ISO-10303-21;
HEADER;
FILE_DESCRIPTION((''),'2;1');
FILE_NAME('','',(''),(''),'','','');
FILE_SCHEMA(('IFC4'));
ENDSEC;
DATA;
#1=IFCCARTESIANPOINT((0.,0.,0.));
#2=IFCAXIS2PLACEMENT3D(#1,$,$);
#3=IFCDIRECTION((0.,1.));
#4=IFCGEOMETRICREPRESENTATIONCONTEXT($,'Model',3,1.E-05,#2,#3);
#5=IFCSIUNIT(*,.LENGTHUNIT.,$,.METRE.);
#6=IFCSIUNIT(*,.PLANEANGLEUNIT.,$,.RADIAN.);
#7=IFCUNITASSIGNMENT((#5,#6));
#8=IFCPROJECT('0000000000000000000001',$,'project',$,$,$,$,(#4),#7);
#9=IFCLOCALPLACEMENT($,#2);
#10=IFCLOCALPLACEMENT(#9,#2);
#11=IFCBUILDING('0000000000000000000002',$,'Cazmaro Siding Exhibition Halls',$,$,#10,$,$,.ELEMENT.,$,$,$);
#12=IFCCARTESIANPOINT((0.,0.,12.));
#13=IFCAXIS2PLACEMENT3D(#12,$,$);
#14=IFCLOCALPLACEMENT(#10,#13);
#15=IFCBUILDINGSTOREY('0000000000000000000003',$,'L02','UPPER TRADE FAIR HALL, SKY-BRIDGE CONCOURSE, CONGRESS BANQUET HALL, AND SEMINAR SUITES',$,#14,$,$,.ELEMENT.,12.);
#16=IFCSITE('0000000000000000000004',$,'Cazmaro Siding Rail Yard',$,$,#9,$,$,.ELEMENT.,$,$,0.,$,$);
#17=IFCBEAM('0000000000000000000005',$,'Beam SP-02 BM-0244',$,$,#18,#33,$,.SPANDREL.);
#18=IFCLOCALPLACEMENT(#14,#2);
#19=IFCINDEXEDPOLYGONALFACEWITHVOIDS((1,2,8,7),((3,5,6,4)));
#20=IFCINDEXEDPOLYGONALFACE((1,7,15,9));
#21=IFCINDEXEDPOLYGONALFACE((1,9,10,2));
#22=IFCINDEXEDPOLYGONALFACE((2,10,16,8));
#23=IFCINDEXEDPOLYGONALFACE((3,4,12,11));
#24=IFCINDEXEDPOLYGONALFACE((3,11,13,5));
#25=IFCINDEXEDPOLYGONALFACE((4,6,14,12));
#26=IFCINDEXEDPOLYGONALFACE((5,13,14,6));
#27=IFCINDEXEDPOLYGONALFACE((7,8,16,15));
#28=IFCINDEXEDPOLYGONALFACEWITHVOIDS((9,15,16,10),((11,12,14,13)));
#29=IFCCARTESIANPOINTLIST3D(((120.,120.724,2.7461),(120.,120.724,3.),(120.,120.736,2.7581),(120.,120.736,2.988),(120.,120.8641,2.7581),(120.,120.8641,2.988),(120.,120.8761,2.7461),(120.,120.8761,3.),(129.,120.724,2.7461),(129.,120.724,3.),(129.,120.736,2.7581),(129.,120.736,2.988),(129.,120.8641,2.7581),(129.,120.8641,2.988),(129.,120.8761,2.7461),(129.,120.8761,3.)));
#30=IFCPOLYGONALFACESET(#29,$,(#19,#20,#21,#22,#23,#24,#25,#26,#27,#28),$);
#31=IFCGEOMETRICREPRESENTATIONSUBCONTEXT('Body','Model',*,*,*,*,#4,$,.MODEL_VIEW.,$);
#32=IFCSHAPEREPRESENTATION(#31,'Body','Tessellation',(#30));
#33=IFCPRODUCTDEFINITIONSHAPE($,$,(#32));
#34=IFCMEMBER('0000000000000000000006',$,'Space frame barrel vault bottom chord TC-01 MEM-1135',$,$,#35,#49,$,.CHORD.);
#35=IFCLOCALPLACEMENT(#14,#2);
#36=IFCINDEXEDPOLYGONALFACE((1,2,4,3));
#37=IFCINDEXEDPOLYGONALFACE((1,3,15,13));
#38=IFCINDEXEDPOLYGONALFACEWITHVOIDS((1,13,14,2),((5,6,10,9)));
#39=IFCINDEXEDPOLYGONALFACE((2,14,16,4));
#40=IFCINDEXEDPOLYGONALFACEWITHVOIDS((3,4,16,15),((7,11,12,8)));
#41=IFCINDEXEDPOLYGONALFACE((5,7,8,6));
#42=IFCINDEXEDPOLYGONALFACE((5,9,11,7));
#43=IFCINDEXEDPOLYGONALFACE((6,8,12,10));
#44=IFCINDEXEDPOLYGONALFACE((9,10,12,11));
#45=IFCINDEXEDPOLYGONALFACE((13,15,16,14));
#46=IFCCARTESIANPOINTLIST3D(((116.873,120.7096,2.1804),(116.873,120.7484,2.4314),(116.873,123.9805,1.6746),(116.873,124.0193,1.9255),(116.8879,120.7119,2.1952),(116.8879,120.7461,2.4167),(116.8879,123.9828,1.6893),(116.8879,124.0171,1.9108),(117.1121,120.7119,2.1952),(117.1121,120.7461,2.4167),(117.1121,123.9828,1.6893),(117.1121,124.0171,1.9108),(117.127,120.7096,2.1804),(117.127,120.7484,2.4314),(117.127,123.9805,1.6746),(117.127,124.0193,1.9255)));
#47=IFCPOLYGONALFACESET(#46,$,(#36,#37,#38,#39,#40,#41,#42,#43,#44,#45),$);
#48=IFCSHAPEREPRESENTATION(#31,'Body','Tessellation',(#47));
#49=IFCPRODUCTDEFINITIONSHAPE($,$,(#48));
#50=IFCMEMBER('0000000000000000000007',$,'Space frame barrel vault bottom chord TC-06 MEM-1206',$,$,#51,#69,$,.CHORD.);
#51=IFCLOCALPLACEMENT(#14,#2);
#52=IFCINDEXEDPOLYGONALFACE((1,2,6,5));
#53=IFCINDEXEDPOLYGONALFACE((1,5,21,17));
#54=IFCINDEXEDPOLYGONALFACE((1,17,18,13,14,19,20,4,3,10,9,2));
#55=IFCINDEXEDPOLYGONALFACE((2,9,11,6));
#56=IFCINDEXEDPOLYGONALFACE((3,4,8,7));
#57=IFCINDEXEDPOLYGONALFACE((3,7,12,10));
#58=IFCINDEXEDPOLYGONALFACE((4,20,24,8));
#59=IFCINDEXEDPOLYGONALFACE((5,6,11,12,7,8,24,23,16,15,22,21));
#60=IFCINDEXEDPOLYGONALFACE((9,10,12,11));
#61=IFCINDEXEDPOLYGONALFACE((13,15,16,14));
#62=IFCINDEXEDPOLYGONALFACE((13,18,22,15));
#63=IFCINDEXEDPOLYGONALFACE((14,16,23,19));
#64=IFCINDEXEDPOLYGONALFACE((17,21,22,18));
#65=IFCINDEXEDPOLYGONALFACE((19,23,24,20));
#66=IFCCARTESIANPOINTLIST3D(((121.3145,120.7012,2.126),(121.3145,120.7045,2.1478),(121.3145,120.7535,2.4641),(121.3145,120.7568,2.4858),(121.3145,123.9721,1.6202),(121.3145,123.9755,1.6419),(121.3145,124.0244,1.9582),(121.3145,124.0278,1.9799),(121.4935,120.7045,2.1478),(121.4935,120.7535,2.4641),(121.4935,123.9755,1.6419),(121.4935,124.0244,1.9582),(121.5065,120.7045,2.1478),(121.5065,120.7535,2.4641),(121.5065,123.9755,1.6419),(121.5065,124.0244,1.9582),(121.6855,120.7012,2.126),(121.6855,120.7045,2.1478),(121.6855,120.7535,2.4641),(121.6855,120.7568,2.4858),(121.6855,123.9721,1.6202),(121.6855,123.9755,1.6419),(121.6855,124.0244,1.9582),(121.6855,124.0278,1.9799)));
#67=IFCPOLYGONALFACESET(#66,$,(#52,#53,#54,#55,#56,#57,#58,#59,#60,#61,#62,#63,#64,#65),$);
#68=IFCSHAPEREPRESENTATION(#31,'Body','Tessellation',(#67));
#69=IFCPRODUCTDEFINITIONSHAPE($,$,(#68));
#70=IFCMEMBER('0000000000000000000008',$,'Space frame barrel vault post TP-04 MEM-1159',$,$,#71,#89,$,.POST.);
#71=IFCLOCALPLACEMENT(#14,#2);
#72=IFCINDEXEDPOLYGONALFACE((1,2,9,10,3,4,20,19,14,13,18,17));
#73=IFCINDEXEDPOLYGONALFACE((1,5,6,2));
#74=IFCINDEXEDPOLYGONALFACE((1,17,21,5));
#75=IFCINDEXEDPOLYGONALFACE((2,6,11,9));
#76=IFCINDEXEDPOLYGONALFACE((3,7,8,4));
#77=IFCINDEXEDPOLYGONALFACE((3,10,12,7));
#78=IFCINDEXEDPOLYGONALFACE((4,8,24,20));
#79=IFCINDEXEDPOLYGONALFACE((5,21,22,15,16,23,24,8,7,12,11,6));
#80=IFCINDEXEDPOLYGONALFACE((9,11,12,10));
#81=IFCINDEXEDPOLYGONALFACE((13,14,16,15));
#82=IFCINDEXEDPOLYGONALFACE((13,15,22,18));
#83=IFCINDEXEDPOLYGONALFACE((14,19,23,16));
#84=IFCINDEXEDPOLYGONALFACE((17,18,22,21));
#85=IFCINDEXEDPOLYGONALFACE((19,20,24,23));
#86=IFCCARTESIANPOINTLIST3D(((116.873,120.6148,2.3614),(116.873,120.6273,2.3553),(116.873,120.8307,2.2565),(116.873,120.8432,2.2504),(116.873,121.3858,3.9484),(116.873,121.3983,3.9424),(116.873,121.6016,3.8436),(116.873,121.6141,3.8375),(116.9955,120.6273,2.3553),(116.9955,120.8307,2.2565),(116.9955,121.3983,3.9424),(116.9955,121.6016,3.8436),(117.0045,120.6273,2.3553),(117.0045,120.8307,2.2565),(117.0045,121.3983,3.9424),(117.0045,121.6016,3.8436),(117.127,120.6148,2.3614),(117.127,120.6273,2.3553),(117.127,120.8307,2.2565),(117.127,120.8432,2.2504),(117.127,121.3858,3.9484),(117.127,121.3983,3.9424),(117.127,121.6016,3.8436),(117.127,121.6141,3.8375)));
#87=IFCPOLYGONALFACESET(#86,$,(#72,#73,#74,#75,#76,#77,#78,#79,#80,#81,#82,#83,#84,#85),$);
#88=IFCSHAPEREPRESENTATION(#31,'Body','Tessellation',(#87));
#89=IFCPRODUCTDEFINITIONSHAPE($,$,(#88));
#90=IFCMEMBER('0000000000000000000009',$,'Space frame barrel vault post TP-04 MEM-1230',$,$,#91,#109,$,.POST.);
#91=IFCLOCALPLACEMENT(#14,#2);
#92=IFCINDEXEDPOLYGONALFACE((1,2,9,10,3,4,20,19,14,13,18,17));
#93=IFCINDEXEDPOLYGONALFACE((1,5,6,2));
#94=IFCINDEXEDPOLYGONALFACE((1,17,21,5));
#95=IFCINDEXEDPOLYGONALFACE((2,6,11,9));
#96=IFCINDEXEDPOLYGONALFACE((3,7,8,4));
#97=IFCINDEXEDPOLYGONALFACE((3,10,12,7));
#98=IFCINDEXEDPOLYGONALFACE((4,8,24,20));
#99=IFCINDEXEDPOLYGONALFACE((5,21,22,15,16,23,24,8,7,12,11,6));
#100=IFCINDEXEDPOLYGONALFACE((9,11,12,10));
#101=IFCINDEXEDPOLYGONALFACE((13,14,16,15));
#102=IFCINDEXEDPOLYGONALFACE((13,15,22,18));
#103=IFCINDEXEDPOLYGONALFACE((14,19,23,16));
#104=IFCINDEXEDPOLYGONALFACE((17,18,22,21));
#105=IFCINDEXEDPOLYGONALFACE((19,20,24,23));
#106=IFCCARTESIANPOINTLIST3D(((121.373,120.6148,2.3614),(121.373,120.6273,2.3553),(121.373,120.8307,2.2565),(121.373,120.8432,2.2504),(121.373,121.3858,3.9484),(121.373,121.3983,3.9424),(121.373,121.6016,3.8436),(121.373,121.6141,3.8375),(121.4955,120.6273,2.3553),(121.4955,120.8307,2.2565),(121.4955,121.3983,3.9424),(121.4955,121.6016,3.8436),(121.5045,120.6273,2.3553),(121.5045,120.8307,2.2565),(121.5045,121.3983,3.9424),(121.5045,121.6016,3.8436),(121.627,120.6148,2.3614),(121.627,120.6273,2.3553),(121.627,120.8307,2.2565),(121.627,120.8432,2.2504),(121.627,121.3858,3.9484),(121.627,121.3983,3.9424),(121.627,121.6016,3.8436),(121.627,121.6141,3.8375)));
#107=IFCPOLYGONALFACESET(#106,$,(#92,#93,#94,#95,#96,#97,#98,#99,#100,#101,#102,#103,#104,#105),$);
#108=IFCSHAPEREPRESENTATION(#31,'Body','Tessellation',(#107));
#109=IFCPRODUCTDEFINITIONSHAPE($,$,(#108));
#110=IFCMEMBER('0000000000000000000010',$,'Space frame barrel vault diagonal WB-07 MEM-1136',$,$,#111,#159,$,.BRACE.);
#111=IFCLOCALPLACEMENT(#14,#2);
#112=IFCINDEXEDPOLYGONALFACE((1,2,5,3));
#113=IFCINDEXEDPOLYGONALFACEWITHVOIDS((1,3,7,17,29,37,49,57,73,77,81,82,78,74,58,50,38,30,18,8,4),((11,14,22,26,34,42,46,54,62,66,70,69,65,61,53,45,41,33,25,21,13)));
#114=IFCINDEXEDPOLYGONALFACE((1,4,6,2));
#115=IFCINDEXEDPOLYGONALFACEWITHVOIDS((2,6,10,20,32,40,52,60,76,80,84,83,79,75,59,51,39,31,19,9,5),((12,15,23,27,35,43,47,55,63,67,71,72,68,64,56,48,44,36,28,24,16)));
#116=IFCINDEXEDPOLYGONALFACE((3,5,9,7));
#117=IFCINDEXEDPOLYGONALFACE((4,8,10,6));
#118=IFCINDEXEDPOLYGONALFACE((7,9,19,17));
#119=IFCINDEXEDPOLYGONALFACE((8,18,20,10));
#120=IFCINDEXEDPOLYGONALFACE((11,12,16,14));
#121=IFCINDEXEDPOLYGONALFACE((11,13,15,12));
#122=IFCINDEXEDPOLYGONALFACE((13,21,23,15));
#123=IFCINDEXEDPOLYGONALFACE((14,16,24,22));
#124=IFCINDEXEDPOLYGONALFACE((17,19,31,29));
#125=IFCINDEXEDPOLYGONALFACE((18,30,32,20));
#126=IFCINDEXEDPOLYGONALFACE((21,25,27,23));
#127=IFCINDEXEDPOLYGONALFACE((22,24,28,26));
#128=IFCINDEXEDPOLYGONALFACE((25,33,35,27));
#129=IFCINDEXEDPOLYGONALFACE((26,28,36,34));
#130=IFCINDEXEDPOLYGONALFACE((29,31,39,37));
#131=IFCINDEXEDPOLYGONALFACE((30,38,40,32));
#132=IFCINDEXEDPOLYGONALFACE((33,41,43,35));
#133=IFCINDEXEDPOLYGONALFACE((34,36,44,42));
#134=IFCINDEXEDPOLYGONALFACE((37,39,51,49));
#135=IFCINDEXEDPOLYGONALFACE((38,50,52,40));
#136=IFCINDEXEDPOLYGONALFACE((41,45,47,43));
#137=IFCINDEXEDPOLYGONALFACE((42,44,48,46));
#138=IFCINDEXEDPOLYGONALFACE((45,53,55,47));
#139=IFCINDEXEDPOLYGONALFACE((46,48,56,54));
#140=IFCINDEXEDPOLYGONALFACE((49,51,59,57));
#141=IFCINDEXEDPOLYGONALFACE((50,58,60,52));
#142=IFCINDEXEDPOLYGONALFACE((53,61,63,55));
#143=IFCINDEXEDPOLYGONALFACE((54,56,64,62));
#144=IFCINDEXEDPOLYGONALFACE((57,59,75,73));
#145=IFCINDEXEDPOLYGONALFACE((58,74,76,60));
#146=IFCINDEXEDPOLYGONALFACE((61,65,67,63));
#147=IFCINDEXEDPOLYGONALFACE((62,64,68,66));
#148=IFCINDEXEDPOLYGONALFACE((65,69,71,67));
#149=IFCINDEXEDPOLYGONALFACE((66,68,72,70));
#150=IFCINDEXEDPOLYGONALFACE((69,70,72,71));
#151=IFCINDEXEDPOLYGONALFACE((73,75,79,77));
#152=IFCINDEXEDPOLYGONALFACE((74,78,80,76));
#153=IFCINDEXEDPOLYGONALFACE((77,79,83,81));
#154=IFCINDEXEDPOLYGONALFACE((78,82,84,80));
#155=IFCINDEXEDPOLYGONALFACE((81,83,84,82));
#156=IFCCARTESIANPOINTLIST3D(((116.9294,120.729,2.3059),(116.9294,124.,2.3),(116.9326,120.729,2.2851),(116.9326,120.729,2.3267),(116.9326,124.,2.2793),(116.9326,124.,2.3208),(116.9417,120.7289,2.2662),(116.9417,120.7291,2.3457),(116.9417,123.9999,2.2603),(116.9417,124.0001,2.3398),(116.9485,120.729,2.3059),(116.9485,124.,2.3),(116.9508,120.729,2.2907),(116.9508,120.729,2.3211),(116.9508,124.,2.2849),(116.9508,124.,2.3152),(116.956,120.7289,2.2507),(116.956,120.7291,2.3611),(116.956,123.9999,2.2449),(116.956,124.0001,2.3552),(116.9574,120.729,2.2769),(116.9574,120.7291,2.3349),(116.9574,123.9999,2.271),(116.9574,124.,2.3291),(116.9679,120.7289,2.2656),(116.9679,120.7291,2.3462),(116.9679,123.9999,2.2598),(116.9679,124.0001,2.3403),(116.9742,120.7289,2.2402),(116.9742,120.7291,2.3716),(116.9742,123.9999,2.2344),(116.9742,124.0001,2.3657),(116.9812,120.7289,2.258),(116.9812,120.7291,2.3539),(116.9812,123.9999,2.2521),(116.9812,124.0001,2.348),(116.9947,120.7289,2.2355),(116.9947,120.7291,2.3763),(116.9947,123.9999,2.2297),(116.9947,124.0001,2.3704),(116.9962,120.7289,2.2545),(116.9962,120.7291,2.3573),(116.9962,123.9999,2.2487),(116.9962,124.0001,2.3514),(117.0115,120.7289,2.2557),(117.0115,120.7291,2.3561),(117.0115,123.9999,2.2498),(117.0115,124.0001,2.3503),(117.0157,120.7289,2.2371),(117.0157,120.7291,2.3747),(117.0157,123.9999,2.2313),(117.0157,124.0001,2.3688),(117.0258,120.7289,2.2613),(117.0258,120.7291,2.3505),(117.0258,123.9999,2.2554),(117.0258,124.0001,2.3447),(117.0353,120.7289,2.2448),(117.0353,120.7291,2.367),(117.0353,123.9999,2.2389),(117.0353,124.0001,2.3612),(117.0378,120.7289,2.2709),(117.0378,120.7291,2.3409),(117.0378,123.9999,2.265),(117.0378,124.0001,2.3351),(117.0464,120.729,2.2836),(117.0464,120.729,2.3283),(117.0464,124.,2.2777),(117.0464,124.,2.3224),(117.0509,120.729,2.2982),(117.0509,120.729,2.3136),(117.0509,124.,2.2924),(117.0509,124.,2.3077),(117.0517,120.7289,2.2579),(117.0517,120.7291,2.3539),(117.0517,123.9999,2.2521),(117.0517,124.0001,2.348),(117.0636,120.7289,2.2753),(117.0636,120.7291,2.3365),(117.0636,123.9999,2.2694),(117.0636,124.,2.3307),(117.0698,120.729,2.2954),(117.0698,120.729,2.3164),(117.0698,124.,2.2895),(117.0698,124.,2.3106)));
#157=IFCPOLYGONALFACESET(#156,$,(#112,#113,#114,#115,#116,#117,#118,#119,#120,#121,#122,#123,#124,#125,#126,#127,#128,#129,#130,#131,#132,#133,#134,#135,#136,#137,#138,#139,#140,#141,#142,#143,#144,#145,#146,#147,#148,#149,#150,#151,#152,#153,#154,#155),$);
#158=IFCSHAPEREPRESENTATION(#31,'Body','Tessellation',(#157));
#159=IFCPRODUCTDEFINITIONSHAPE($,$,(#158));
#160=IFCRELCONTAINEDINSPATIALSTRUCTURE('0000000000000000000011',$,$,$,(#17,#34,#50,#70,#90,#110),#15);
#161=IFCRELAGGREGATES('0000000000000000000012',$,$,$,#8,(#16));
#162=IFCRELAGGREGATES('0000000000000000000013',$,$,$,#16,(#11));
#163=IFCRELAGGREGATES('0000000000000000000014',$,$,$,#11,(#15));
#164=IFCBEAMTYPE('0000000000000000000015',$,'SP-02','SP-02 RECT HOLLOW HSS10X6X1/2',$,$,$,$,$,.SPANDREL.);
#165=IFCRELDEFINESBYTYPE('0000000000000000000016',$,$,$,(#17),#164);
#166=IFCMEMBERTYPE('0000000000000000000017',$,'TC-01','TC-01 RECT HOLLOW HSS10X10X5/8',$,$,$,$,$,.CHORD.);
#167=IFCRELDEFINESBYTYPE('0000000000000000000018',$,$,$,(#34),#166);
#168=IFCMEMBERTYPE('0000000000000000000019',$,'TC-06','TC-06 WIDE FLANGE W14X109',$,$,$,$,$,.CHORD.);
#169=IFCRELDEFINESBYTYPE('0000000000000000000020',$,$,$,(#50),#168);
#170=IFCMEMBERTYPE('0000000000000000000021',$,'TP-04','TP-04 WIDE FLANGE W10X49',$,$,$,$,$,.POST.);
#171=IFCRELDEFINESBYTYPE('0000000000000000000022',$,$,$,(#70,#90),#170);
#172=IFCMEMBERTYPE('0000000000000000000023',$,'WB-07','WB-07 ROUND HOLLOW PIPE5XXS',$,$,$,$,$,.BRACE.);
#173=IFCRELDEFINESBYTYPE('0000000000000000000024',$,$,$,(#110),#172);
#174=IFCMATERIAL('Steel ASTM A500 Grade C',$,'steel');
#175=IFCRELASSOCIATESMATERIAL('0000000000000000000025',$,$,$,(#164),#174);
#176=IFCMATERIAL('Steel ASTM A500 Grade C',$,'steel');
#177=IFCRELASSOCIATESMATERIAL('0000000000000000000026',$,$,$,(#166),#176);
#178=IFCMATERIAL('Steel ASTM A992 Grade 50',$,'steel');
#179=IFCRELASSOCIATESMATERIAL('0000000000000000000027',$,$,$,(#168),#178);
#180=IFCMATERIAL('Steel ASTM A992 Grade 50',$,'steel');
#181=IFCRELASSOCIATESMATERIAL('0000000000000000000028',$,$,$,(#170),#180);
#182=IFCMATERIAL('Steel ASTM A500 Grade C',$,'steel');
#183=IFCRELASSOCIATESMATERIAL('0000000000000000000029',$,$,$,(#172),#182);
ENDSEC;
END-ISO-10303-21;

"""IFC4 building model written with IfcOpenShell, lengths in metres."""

from ifc_helpers import new_model, si_unit, direction, frame, origin, origin_2d, place, context, subcontext, project, spatial, hollow_rectangle, hollow_circle, i_section, extrude, material, material_profile, profile_set, type_object, element, save


model = new_model("IFC4")

# Units and contexts
model_context = context("Model", 3, precision=1e-05, world=origin(), true_north=direction((0.0, 1.0)))
body_context = subcontext(model_context, "Body", "Model", "MODEL_VIEW")
ifc_project = project(units=[si_unit("LENGTHUNIT", "METRE"), si_unit("PLANEANGLEUNIT", "RADIAN")], contexts=[model_context])

# Site, building, storey
site_placement = place(None, origin())
site = spatial("IfcSite", under=ifc_project, at=site_placement, Name="Cazmaro Siding Rail Yard", CompositionType="ELEMENT", RefElevation=0.0)
building_placement = place(site_placement, origin())
building = spatial("IfcBuilding", under=site, at=building_placement, Name="Cazmaro Siding Exhibition Halls", CompositionType="ELEMENT")
storey_placement = place(building_placement, frame((0.0, 0.0, 12.0)))
storey = spatial("IfcBuildingStorey", under=building, at=storey_placement, Name="L02", Description="UPPER TRADE FAIR HALL, SKY-BRIDGE CONCOURSE, CONGRESS BANQUET HALL, AND SEMINAR SUITES", CompositionType="ELEMENT", Elevation=12.0)

# Beam
ifc_material_1 = material(Name="Steel ASTM A500 Grade C", Category="steel")
ifc_material_profile_1 = material_profile(ifc_material_1, hollow_rectangle(XDim=0.1521, YDim=0.2539, WallThickness=0.012, at=origin_2d()), Name="HSS10X6X1/2")
ifc_profile_set_1 = profile_set([ifc_material_profile_1], Name="Steel ASTM A500 Grade C")
beam_type_1 = type_object("IfcBeamType", Name="SP-02", Description="SP-02 RECT HOLLOW HSS10X6X1/2", PredefinedType="SPANDREL", material=ifc_profile_set_1)
beam_1_placement = place(storey_placement, frame((120.0, 120.8, 2.873), z_axis=(1.0, 0.0, 0.0), x_axis=(0.0, 1.0, 0.0)))
element("IfcBeam", 1, at=beam_1_placement, inside=storey, type_object=beam_type_1, Name="Beam SP-02 BM-0244", PredefinedType="SPANDREL", context=body_context, shape_type="SweptSolid", body=[
    extrude(hollow_rectangle(XDim=0.1521, YDim=0.2539, WallThickness=0.012, at=origin_2d()), origin(), (0.0, 0.0, 1.0), 9.0),
])

# Members
ifc_material_2 = material(Name="Steel ASTM A500 Grade C", Category="steel")
ifc_material_profile_2 = material_profile(ifc_material_2, hollow_rectangle(XDim=0.2539, YDim=0.2539, WallThickness=0.0149, at=origin_2d()), Name="HSS10X10X5/8")
ifc_profile_set_2 = profile_set([ifc_material_profile_2], Name="Steel ASTM A500 Grade C")
member_type_1 = type_object("IfcMemberType", Name="TC-01", Description="TC-01 RECT HOLLOW HSS10X10X5/8", PredefinedType="CHORD", material=ifc_profile_set_2)
member_1_placement = place(storey_placement, frame((117.0, 120.729, 2.3059), z_axis=(0.0, 0.988252, -0.152833), x_axis=(-1.0, 0.0, 0.0)))
element("IfcMember", 2, at=member_1_placement, inside=storey, type_object=member_type_1, Name="Space frame barrel vault bottom chord TC-01 MEM-1135", PredefinedType="CHORD", context=body_context, shape_type="SweptSolid", body=[
    extrude(hollow_rectangle(XDim=0.2539, YDim=0.2539, WallThickness=0.0149, at=origin_2d()), origin(), (0.0, 0.0, 1.0), 3.3098),
])
ifc_material_3 = material(Name="Steel ASTM A992 Grade 50", Category="steel")
ifc_material_profile_3 = material_profile(ifc_material_3, i_section(OverallWidth=0.3711, OverallDepth=0.364, WebThickness=0.0129, FlangeThickness=0.022, at=origin_2d()), Name="W14X109")
ifc_profile_set_3 = profile_set([ifc_material_profile_3], Name="Steel ASTM A992 Grade 50")
member_type_2 = type_object("IfcMemberType", Name="TC-06", Description="TC-06 WIDE FLANGE W14X109", PredefinedType="CHORD", material=ifc_profile_set_3)
member_2_placement = place(storey_placement, frame((121.5, 120.729, 2.3059), z_axis=(0.0, 0.988252, -0.152833), x_axis=(-1.0, 0.0, 0.0)))
element("IfcMember", 3, at=member_2_placement, inside=storey, type_object=member_type_2, Name="Space frame barrel vault bottom chord TC-06 MEM-1206", PredefinedType="CHORD", context=body_context, shape_type="SweptSolid", body=[
    extrude(i_section(OverallWidth=0.3711, OverallDepth=0.364, WebThickness=0.0129, FlangeThickness=0.022, at=origin_2d()), origin(), (0.0, 0.0, 1.0), 3.3098),
])
ifc_material_4 = material(Name="Steel ASTM A992 Grade 50", Category="steel")
ifc_material_profile_4 = material_profile(ifc_material_4, i_section(OverallWidth=0.2539, OverallDepth=0.2539, WebThickness=0.009, FlangeThickness=0.0139, at=origin_2d()), Name="W10X49")
ifc_profile_set_4 = profile_set([ifc_material_profile_4], Name="Steel ASTM A992 Grade 50")
member_type_3 = type_object("IfcMemberType", Name="TP-04", Description="TP-04 WIDE FLANGE W10X49", PredefinedType="POST", material=ifc_profile_set_4)
for number, where, z_axis, x_axis, name in (
    (4, (117.0, 120.729, 2.3059), (0.0, 0.436946, 0.899488), (-1.0, 0.0, 0.0), "Space frame barrel vault post TP-04 MEM-1159"),
    (5, (121.5, 120.729, 2.3059), (0.0, 0.436946, 0.899488), (-1.0, 0.0, 0.0), "Space frame barrel vault post TP-04 MEM-1230"),
):
    element("IfcMember", number, at=place(storey_placement, frame(where, z_axis=z_axis, x_axis=x_axis)), inside=storey, type_object=member_type_3, Name=name, PredefinedType="POST", context=body_context, shape_type="SweptSolid", body=[
        extrude(i_section(OverallWidth=0.2539, OverallDepth=0.2539, WebThickness=0.009, FlangeThickness=0.0139, at=origin_2d()), origin(), (0.0, 0.0, 1.0), 1.7644),
    ])
ifc_material_5 = material(Name="Steel ASTM A500 Grade C", Category="steel")
ifc_material_profile_5 = material_profile(ifc_material_5, hollow_circle(Radius=0.0706, WallThickness=0.019, at=origin_2d()), Name="PIPE5XXS")
ifc_profile_set_5 = profile_set([ifc_material_profile_5], Name="Steel ASTM A500 Grade C")
member_type_4 = type_object("IfcMemberType", Name="WB-07", Description="WB-07 ROUND HOLLOW PIPE5XXS", PredefinedType="BRACE", material=ifc_profile_set_5)
for number, where, z_axis, x_axis, name in (
    (6, (117.0, 120.729, 2.3059), (0.0, 0.999998, -0.001791), (-1.0, 0.0, 0.0), "Space frame barrel vault diagonal WB-07 MEM-1136"),
):
    element("IfcMember", number, at=place(storey_placement, frame(where, z_axis=z_axis, x_axis=x_axis)), inside=storey, type_object=member_type_4, Name=name, PredefinedType="BRACE", context=body_context, shape_type="SweptSolid", body=[
        extrude(hollow_circle(Radius=0.0706, WallThickness=0.019, at=origin_2d()), origin(), (0.0, 0.0, 1.0), 3.271),
    ])

save(model, "model.ifc")
